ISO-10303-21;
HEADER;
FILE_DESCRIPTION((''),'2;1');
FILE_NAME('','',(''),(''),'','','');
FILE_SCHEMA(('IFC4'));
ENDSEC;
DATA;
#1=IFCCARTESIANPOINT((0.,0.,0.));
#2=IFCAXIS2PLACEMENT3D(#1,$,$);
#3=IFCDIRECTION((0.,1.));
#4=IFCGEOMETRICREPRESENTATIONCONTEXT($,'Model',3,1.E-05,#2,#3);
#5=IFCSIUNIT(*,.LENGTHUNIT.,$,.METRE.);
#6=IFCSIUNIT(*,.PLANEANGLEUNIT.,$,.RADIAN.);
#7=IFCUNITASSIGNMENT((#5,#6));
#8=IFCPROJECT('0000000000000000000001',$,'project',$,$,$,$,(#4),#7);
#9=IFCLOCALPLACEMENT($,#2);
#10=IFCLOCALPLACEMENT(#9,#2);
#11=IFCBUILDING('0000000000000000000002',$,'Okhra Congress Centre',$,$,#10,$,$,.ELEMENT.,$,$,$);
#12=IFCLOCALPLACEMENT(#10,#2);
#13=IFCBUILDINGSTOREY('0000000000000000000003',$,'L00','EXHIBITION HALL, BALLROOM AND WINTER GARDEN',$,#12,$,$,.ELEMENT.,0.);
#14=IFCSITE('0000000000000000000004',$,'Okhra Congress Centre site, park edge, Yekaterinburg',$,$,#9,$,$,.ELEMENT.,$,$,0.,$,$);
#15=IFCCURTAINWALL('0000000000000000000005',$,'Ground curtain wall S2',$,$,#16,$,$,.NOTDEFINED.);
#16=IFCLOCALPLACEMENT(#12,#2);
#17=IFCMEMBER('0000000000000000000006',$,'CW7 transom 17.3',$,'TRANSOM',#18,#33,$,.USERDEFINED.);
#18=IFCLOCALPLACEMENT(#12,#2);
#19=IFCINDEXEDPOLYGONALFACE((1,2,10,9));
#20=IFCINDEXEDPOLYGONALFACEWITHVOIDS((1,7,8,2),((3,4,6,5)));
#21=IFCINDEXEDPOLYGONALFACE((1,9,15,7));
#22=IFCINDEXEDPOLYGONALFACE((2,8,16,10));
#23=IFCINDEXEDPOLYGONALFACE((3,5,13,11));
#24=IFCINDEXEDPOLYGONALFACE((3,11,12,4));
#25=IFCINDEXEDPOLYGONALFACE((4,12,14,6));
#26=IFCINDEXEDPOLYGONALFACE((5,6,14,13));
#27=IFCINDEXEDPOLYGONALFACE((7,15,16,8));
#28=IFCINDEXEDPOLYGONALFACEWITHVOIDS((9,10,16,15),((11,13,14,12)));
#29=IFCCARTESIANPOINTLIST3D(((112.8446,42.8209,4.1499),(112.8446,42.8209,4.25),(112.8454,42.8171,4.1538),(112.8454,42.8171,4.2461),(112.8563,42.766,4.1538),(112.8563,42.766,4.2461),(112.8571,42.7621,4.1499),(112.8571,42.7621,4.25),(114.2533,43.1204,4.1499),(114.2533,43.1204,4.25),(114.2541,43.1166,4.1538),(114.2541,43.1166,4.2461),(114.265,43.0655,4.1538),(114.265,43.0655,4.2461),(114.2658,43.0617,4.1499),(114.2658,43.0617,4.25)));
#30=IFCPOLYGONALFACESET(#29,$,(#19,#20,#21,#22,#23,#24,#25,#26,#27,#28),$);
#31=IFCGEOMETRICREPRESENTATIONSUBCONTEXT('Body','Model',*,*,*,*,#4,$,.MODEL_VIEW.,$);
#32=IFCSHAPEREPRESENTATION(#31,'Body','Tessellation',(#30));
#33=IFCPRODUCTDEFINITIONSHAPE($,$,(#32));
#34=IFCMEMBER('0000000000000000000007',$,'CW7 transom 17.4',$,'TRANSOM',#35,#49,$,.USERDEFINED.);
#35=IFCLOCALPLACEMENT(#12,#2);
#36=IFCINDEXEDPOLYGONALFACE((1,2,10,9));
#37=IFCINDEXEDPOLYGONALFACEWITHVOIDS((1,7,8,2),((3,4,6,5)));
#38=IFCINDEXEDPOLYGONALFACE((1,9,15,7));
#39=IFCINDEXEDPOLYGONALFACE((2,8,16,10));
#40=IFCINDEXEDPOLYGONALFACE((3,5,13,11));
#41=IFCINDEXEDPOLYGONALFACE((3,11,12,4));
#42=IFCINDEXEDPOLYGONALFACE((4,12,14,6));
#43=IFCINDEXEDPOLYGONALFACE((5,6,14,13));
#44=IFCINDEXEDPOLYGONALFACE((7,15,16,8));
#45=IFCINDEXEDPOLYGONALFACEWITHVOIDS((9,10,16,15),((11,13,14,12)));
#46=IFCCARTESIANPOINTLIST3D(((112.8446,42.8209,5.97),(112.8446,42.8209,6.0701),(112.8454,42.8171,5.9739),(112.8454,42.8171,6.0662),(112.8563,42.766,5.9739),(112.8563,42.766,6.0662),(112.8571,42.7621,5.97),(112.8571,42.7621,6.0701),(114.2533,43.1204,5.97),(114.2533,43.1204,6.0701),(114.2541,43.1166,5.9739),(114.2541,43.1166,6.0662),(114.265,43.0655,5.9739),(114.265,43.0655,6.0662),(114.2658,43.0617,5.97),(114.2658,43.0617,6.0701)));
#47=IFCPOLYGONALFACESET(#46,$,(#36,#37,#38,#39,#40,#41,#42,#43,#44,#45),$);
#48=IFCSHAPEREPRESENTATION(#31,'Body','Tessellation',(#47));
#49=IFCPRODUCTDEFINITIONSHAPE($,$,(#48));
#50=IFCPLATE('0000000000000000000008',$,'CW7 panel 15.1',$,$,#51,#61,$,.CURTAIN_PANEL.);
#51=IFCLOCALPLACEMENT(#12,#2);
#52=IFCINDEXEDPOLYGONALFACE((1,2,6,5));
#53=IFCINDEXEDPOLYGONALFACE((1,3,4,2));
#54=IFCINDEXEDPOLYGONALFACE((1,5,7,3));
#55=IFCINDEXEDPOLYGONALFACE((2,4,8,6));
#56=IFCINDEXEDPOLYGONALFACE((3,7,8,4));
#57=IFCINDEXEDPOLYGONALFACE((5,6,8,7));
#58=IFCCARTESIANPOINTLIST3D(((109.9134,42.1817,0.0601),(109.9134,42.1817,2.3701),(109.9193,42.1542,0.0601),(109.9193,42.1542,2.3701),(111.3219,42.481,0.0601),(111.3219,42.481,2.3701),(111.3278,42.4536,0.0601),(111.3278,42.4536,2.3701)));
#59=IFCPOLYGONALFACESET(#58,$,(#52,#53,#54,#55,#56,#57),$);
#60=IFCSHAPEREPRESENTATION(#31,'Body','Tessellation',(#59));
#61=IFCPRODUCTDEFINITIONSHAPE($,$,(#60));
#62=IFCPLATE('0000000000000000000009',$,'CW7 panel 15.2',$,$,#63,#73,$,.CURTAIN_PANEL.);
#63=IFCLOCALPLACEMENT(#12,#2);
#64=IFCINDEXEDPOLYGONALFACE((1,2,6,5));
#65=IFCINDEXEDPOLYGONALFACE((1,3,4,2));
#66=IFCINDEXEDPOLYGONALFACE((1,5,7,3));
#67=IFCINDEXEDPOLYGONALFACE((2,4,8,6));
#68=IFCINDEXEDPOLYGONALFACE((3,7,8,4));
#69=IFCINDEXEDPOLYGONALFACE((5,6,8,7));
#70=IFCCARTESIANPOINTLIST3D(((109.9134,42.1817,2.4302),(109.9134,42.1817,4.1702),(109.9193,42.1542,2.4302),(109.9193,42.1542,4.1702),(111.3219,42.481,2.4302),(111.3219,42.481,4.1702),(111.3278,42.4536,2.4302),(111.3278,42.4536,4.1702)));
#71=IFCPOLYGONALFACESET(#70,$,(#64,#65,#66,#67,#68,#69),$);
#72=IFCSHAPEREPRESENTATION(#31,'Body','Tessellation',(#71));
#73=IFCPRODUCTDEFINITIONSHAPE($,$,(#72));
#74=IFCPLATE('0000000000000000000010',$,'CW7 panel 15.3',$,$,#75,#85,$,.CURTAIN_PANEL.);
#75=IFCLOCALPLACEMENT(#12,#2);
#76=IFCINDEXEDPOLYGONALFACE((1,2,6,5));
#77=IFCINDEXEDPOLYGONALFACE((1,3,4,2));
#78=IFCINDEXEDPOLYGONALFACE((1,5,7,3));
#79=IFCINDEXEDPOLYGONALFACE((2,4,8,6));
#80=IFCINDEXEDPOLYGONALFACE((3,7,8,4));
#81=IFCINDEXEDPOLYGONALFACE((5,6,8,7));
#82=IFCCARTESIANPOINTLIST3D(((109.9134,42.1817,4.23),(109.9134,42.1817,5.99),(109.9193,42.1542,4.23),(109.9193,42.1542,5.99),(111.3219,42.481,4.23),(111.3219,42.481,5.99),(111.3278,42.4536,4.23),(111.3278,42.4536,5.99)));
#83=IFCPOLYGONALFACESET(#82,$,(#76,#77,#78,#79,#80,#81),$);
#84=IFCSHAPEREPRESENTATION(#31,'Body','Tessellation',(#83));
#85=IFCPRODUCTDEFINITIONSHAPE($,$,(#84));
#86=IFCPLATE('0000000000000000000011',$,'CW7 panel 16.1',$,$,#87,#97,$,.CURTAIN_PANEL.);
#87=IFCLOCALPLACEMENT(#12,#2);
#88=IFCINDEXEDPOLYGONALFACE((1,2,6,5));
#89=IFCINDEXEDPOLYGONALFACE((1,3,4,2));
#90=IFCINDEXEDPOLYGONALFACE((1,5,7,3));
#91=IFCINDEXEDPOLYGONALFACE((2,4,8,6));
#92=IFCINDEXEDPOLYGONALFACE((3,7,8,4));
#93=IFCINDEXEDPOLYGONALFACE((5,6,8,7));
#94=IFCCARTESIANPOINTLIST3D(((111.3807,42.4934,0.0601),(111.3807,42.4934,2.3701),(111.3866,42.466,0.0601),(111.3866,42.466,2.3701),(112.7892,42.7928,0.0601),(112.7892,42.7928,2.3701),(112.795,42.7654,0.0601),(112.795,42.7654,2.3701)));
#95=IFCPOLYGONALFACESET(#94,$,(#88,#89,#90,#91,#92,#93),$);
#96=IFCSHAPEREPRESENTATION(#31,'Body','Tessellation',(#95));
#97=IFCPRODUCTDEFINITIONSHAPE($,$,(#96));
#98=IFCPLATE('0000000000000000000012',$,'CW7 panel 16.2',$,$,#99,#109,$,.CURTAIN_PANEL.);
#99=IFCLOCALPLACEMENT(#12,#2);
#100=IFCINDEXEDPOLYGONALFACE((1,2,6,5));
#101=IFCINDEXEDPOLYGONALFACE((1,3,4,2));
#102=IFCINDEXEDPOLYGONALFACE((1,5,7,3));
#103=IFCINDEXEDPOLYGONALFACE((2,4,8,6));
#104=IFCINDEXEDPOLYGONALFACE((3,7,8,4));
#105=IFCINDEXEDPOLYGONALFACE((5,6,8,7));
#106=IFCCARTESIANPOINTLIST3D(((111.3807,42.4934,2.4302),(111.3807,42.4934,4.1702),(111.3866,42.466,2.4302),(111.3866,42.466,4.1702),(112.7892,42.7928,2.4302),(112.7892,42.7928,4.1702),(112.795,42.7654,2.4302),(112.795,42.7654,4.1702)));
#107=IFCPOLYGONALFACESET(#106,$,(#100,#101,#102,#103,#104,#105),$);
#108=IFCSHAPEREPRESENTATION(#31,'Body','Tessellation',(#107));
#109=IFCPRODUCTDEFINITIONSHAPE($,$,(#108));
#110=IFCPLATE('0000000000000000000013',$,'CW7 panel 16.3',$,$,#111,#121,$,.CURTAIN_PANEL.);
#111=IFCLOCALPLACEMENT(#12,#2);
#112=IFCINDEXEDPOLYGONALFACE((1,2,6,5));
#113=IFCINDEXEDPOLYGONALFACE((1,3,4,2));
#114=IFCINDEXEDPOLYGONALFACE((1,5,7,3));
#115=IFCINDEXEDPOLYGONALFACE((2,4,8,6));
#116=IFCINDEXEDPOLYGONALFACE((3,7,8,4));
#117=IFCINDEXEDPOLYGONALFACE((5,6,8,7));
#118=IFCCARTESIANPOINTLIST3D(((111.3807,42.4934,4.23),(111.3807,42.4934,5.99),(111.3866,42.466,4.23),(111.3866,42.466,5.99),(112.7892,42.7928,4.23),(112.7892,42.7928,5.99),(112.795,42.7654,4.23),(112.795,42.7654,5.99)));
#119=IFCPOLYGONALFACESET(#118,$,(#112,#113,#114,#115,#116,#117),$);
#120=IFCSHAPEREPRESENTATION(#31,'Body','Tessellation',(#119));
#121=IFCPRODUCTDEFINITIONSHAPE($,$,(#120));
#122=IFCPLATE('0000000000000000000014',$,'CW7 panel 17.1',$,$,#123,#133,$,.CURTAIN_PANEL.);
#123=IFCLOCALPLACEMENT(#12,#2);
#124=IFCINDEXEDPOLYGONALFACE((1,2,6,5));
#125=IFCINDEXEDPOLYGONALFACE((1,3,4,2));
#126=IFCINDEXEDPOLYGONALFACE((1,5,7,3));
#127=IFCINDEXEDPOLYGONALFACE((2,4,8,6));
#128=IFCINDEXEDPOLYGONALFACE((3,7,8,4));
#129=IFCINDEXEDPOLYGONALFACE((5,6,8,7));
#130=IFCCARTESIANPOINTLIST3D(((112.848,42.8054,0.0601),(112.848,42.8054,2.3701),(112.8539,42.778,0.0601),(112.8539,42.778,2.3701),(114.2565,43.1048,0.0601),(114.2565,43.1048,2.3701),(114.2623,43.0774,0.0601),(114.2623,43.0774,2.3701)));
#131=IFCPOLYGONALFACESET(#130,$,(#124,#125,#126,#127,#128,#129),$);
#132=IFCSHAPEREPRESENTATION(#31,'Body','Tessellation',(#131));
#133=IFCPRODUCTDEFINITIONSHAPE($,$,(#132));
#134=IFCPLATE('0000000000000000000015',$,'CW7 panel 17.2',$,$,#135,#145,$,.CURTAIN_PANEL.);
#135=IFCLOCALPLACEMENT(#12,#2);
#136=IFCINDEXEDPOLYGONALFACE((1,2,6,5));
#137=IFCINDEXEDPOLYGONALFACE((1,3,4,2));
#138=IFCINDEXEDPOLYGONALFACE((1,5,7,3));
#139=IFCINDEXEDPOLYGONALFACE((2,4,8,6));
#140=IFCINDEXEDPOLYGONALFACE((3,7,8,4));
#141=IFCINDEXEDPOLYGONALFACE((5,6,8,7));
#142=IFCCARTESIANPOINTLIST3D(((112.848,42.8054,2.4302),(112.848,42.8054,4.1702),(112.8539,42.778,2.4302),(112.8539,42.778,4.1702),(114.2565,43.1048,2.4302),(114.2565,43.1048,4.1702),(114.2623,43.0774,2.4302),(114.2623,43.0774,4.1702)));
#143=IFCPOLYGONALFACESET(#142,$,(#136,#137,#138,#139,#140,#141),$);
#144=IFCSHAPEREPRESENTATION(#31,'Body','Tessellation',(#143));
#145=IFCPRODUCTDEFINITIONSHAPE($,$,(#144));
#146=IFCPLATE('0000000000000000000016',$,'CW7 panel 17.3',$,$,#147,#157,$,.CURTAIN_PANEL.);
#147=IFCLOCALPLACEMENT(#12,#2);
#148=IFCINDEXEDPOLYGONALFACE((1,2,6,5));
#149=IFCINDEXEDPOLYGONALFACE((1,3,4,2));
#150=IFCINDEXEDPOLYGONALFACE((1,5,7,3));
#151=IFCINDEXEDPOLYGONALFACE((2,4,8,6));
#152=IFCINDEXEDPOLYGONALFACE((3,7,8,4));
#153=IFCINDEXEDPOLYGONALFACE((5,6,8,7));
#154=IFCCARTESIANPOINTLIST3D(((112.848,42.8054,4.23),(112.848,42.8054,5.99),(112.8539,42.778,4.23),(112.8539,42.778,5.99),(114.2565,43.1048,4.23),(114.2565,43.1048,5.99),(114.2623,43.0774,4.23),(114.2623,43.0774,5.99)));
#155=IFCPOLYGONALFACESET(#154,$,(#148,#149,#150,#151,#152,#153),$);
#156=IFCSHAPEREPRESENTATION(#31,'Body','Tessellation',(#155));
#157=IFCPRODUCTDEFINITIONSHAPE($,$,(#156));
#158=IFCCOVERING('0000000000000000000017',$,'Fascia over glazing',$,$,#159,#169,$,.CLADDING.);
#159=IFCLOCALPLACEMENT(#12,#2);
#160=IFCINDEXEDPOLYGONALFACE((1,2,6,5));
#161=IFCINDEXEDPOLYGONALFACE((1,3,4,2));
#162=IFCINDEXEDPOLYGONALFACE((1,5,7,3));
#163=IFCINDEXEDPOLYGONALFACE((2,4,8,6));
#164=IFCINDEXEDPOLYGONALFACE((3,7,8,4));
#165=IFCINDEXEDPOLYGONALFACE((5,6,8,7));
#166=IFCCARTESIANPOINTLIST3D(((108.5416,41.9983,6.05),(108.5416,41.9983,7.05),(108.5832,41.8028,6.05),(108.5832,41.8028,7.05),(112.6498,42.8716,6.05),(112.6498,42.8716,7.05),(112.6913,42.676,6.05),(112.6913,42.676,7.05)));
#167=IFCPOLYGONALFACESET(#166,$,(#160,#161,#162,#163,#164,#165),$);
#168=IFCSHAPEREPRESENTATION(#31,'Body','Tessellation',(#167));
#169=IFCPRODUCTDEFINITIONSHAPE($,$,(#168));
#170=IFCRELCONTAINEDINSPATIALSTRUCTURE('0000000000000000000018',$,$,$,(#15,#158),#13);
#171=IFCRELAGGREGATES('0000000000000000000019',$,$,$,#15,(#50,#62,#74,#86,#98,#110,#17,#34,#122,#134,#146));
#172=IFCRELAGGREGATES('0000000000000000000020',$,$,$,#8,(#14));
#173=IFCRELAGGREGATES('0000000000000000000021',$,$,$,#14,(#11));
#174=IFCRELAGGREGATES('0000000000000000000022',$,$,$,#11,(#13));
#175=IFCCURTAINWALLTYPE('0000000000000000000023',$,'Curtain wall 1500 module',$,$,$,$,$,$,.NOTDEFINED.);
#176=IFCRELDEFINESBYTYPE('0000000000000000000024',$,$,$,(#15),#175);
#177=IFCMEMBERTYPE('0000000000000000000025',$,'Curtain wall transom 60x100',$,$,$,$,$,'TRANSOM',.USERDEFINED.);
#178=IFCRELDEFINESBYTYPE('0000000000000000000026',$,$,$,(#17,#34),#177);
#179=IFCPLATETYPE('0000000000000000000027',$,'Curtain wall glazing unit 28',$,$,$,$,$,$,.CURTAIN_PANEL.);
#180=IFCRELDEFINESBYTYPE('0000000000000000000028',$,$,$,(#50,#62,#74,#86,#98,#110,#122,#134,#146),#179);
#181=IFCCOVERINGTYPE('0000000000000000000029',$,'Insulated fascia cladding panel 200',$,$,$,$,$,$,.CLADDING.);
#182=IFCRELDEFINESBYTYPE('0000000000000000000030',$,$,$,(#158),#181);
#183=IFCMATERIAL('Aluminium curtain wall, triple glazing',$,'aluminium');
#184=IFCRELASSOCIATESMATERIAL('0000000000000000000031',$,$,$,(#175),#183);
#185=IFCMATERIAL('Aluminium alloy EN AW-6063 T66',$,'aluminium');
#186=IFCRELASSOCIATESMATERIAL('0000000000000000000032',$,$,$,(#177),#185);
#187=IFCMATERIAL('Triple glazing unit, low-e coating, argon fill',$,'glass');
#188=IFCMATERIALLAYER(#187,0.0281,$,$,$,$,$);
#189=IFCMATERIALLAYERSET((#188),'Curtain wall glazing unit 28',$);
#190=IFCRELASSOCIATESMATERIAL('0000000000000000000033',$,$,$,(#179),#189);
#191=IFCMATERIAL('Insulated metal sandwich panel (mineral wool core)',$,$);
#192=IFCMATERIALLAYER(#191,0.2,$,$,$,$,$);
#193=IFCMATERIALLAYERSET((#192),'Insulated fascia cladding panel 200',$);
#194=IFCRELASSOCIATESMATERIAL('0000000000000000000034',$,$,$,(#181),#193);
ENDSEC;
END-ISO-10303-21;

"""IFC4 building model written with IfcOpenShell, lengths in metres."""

from ifc_helpers import new_model, si_unit, direction, frame, origin, origin_2d, place, context, subcontext, project, spatial, rectangle, hollow_rectangle, extrude, material, layer, layer_set, material_profile, profile_set, type_object, element, aggregate, save


model = new_model("IFC4")

# Units and contexts
model_context = context("Model", 3, precision=1e-05, world=origin(), true_north=direction((0.0, 1.0)))
body_context = subcontext(model_context, "Body", "Model", "MODEL_VIEW")
ifc_project = project(units=[si_unit("LENGTHUNIT", "METRE"), si_unit("PLANEANGLEUNIT", "RADIAN")], contexts=[model_context])

# Site, building, storey
site_placement = place(None, origin())
site = spatial("IfcSite", under=ifc_project, at=site_placement, Name="Okhra Congress Centre site, park edge, Yekaterinburg", CompositionType="ELEMENT", RefElevation=0.0)
building_placement = place(site_placement, origin())
building = spatial("IfcBuilding", under=site, at=building_placement, Name="Okhra Congress Centre", CompositionType="ELEMENT")
storey_placement = place(building_placement, origin())
storey = spatial("IfcBuildingStorey", under=building, at=storey_placement, Name="L00", Description="EXHIBITION HALL, BALLROOM AND WINTER GARDEN", CompositionType="ELEMENT", Elevation=0.0)

# Curtain wall, members, plates
ifc_material_1 = material(Name="Aluminium curtain wall, triple glazing", Category="aluminium")
curtain_wall_type = type_object("IfcCurtainWallType", Name="Curtain wall 1500 module", PredefinedType="NOTDEFINED", material=ifc_material_1)
curtain_wall_placement = place(storey_placement, origin())
curtain_wall = element("IfcCurtainWall", 1, at=curtain_wall_placement, inside=storey, type_object=curtain_wall_type, Name="Ground curtain wall S2", PredefinedType="NOTDEFINED")
ifc_material_2 = material(Name="Aluminium alloy EN AW-6063 T66", Category="aluminium")
ifc_material_profile_1 = material_profile(ifc_material_2, hollow_rectangle(XDim=0.0601, YDim=0.1001, WallThickness=0.0039, at=origin_2d()), Name="RHS 60x100x4")
ifc_profile_set_1 = profile_set([ifc_material_profile_1], Name="Aluminium alloy EN AW-6063 T66")
member_type_1 = type_object("IfcMemberType", Name="Curtain wall transom 60x100", ElementType="TRANSOM", PredefinedType="USERDEFINED", material=ifc_profile_set_1)
member_1_placement = place(storey_placement, frame((112.8508, 42.7915, 4.2), z_axis=(0.978129, 0.208001, 0.0), x_axis=(-0.208001, 0.978129, 0.0)))
member_1 = element("IfcMember", 2, at=member_1_placement, type_object=member_type_1, Name="CW7 transom 17.3", ObjectType="TRANSOM", PredefinedType="USERDEFINED", context=body_context, shape_type="SweptSolid", body=[
    extrude(hollow_rectangle(XDim=0.0601, YDim=0.1001, WallThickness=0.0039, at=origin_2d()), origin(), (0.0, 0.0, 1.0), 1.4402),
])
member_2_placement = place(storey_placement, frame((112.8508, 42.7915, 6.02), z_axis=(0.978129, 0.208001, 0.0), x_axis=(-0.208001, 0.978129, 0.0)))
member_2 = element("IfcMember", 3, at=member_2_placement, type_object=member_type_1, Name="CW7 transom 17.4", ObjectType="TRANSOM", PredefinedType="USERDEFINED", context=body_context, shape_type="SweptSolid", body=[
    extrude(hollow_rectangle(XDim=0.0601, YDim=0.1001, WallThickness=0.0039, at=origin_2d()), origin(), (0.0, 0.0, 1.0), 1.4402),
])
ifc_material_3 = material(Name="Triple glazing unit, low-e coating, argon fill", Category="glass")
ifc_layer_1 = layer(ifc_material_3, 0.0281)
ifc_layer_set_1 = layer_set([ifc_layer_1], Name="Curtain wall glazing unit 28")
plate_type = type_object("IfcPlateType", Name="Curtain wall glazing unit 28", PredefinedType="CURTAIN_PANEL", material=ifc_layer_set_1)
plate_1_placement = place(storey_placement, frame((110.6206, 42.3176, 0.0601), z_axis=(0.0, 0.0, 1.0), x_axis=(0.978148, 0.207912, 0.0)))
plate_1 = element("IfcPlate", 4, at=plate_1_placement, type_object=plate_type, Name="CW7 panel 15.1", PredefinedType="CURTAIN_PANEL", context=body_context, shape_type="SweptSolid", body=[
    extrude(rectangle(XDim=1.4399, YDim=0.0281, at=origin_2d()), origin(), (0.0, 0.0, 1.0), 2.3101),
])
plate_2_placement = place(storey_placement, frame((110.6206, 42.3176, 2.4302), z_axis=(0.0, 0.0, 1.0), x_axis=(0.978148, 0.207912, 0.0)))
plate_2 = element("IfcPlate", 5, at=plate_2_placement, type_object=plate_type, Name="CW7 panel 15.2", PredefinedType="CURTAIN_PANEL", context=body_context, shape_type="SweptSolid", body=[
    extrude(rectangle(XDim=1.4399, YDim=0.0281, at=origin_2d()), origin(), (0.0, 0.0, 1.0), 1.74),
])
plate_3_placement = place(storey_placement, frame((110.6206, 42.3176, 4.23), z_axis=(0.0, 0.0, 1.0), x_axis=(0.978148, 0.207912, 0.0)))
plate_3 = element("IfcPlate", 6, at=plate_3_placement, type_object=plate_type, Name="CW7 panel 15.3", PredefinedType="CURTAIN_PANEL", context=body_context, shape_type="SweptSolid", body=[
    extrude(rectangle(XDim=1.4399, YDim=0.0281, at=origin_2d()), origin(), (0.0, 0.0, 1.0), 1.76),
])
plate_4_placement = place(storey_placement, frame((112.0879, 42.6294, 0.0601), z_axis=(0.0, 0.0, 1.0), x_axis=(0.978148, 0.207912, 0.0)))
plate_4 = element("IfcPlate", 7, at=plate_4_placement, type_object=plate_type, Name="CW7 panel 16.1", PredefinedType="CURTAIN_PANEL", context=body_context, shape_type="SweptSolid", body=[
    extrude(rectangle(XDim=1.4399, YDim=0.0281, at=origin_2d()), origin(), (0.0, 0.0, 1.0), 2.3101),
])
plate_5_placement = place(storey_placement, frame((112.0879, 42.6294, 2.4302), z_axis=(0.0, 0.0, 1.0), x_axis=(0.978148, 0.207912, 0.0)))
plate_5 = element("IfcPlate", 8, at=plate_5_placement, type_object=plate_type, Name="CW7 panel 16.2", PredefinedType="CURTAIN_PANEL", context=body_context, shape_type="SweptSolid", body=[
    extrude(rectangle(XDim=1.4399, YDim=0.0281, at=origin_2d()), origin(), (0.0, 0.0, 1.0), 1.74),
])
plate_6_placement = place(storey_placement, frame((112.0879, 42.6294, 4.23), z_axis=(0.0, 0.0, 1.0), x_axis=(0.978148, 0.207912, 0.0)))
plate_6 = element("IfcPlate", 9, at=plate_6_placement, type_object=plate_type, Name="CW7 panel 16.3", PredefinedType="CURTAIN_PANEL", context=body_context, shape_type="SweptSolid", body=[
    extrude(rectangle(XDim=1.4399, YDim=0.0281, at=origin_2d()), origin(), (0.0, 0.0, 1.0), 1.76),
])
plate_7_placement = place(storey_placement, frame((113.5552, 42.9414, 0.0601), z_axis=(0.0, 0.0, 1.0), x_axis=(0.978148, 0.207912, 0.0)))
plate_7 = element("IfcPlate", 10, at=plate_7_placement, type_object=plate_type, Name="CW7 panel 17.1", PredefinedType="CURTAIN_PANEL", context=body_context, shape_type="SweptSolid", body=[
    extrude(rectangle(XDim=1.4399, YDim=0.0281, at=origin_2d()), origin(), (0.0, 0.0, 1.0), 2.3101),
])
plate_8_placement = place(storey_placement, frame((113.5552, 42.9414, 2.4302), z_axis=(0.0, 0.0, 1.0), x_axis=(0.978148, 0.207912, 0.0)))
plate_8 = element("IfcPlate", 11, at=plate_8_placement, type_object=plate_type, Name="CW7 panel 17.2", PredefinedType="CURTAIN_PANEL", context=body_context, shape_type="SweptSolid", body=[
    extrude(rectangle(XDim=1.4399, YDim=0.0281, at=origin_2d()), origin(), (0.0, 0.0, 1.0), 1.74),
])
plate_9_placement = place(storey_placement, frame((113.5552, 42.9414, 4.23), z_axis=(0.0, 0.0, 1.0), x_axis=(0.978148, 0.207912, 0.0)))
plate_9 = element("IfcPlate", 12, at=plate_9_placement, type_object=plate_type, Name="CW7 panel 17.3", PredefinedType="CURTAIN_PANEL", context=body_context, shape_type="SweptSolid", body=[
    extrude(rectangle(XDim=1.4399, YDim=0.0281, at=origin_2d()), origin(), (0.0, 0.0, 1.0), 1.76),
])
aggregate(curtain_wall, [plate_1, plate_2, plate_3, plate_4, plate_5, plate_6, member_1, member_2, plate_7, plate_8, plate_9])

# Covering
ifc_material_4 = material(Name="Insulated metal sandwich panel (mineral wool core)")
ifc_layer_2 = layer(ifc_material_4, 0.2)
ifc_layer_set_2 = layer_set([ifc_layer_2], Name="Insulated fascia cladding panel 200")
covering_type = type_object("IfcCoveringType", Name="Insulated fascia cladding panel 200", PredefinedType="CLADDING", material=ifc_layer_set_2)
covering_placement = place(storey_placement, frame((110.6165, 42.3372, 6.05), z_axis=(0.0, 0.0, 1.0), x_axis=(0.978148, 0.207912, 0.0)))
element("IfcCovering", 13, at=covering_placement, inside=storey, type_object=covering_type, Name="Fascia over glazing", PredefinedType="CLADDING", context=body_context, shape_type="SweptSolid", body=[
    extrude(rectangle(XDim=4.2, YDim=0.2, at=origin_2d()), origin(), (0.0, 0.0, 1.0), 1.0),
])

save(model, "model.ifc")
